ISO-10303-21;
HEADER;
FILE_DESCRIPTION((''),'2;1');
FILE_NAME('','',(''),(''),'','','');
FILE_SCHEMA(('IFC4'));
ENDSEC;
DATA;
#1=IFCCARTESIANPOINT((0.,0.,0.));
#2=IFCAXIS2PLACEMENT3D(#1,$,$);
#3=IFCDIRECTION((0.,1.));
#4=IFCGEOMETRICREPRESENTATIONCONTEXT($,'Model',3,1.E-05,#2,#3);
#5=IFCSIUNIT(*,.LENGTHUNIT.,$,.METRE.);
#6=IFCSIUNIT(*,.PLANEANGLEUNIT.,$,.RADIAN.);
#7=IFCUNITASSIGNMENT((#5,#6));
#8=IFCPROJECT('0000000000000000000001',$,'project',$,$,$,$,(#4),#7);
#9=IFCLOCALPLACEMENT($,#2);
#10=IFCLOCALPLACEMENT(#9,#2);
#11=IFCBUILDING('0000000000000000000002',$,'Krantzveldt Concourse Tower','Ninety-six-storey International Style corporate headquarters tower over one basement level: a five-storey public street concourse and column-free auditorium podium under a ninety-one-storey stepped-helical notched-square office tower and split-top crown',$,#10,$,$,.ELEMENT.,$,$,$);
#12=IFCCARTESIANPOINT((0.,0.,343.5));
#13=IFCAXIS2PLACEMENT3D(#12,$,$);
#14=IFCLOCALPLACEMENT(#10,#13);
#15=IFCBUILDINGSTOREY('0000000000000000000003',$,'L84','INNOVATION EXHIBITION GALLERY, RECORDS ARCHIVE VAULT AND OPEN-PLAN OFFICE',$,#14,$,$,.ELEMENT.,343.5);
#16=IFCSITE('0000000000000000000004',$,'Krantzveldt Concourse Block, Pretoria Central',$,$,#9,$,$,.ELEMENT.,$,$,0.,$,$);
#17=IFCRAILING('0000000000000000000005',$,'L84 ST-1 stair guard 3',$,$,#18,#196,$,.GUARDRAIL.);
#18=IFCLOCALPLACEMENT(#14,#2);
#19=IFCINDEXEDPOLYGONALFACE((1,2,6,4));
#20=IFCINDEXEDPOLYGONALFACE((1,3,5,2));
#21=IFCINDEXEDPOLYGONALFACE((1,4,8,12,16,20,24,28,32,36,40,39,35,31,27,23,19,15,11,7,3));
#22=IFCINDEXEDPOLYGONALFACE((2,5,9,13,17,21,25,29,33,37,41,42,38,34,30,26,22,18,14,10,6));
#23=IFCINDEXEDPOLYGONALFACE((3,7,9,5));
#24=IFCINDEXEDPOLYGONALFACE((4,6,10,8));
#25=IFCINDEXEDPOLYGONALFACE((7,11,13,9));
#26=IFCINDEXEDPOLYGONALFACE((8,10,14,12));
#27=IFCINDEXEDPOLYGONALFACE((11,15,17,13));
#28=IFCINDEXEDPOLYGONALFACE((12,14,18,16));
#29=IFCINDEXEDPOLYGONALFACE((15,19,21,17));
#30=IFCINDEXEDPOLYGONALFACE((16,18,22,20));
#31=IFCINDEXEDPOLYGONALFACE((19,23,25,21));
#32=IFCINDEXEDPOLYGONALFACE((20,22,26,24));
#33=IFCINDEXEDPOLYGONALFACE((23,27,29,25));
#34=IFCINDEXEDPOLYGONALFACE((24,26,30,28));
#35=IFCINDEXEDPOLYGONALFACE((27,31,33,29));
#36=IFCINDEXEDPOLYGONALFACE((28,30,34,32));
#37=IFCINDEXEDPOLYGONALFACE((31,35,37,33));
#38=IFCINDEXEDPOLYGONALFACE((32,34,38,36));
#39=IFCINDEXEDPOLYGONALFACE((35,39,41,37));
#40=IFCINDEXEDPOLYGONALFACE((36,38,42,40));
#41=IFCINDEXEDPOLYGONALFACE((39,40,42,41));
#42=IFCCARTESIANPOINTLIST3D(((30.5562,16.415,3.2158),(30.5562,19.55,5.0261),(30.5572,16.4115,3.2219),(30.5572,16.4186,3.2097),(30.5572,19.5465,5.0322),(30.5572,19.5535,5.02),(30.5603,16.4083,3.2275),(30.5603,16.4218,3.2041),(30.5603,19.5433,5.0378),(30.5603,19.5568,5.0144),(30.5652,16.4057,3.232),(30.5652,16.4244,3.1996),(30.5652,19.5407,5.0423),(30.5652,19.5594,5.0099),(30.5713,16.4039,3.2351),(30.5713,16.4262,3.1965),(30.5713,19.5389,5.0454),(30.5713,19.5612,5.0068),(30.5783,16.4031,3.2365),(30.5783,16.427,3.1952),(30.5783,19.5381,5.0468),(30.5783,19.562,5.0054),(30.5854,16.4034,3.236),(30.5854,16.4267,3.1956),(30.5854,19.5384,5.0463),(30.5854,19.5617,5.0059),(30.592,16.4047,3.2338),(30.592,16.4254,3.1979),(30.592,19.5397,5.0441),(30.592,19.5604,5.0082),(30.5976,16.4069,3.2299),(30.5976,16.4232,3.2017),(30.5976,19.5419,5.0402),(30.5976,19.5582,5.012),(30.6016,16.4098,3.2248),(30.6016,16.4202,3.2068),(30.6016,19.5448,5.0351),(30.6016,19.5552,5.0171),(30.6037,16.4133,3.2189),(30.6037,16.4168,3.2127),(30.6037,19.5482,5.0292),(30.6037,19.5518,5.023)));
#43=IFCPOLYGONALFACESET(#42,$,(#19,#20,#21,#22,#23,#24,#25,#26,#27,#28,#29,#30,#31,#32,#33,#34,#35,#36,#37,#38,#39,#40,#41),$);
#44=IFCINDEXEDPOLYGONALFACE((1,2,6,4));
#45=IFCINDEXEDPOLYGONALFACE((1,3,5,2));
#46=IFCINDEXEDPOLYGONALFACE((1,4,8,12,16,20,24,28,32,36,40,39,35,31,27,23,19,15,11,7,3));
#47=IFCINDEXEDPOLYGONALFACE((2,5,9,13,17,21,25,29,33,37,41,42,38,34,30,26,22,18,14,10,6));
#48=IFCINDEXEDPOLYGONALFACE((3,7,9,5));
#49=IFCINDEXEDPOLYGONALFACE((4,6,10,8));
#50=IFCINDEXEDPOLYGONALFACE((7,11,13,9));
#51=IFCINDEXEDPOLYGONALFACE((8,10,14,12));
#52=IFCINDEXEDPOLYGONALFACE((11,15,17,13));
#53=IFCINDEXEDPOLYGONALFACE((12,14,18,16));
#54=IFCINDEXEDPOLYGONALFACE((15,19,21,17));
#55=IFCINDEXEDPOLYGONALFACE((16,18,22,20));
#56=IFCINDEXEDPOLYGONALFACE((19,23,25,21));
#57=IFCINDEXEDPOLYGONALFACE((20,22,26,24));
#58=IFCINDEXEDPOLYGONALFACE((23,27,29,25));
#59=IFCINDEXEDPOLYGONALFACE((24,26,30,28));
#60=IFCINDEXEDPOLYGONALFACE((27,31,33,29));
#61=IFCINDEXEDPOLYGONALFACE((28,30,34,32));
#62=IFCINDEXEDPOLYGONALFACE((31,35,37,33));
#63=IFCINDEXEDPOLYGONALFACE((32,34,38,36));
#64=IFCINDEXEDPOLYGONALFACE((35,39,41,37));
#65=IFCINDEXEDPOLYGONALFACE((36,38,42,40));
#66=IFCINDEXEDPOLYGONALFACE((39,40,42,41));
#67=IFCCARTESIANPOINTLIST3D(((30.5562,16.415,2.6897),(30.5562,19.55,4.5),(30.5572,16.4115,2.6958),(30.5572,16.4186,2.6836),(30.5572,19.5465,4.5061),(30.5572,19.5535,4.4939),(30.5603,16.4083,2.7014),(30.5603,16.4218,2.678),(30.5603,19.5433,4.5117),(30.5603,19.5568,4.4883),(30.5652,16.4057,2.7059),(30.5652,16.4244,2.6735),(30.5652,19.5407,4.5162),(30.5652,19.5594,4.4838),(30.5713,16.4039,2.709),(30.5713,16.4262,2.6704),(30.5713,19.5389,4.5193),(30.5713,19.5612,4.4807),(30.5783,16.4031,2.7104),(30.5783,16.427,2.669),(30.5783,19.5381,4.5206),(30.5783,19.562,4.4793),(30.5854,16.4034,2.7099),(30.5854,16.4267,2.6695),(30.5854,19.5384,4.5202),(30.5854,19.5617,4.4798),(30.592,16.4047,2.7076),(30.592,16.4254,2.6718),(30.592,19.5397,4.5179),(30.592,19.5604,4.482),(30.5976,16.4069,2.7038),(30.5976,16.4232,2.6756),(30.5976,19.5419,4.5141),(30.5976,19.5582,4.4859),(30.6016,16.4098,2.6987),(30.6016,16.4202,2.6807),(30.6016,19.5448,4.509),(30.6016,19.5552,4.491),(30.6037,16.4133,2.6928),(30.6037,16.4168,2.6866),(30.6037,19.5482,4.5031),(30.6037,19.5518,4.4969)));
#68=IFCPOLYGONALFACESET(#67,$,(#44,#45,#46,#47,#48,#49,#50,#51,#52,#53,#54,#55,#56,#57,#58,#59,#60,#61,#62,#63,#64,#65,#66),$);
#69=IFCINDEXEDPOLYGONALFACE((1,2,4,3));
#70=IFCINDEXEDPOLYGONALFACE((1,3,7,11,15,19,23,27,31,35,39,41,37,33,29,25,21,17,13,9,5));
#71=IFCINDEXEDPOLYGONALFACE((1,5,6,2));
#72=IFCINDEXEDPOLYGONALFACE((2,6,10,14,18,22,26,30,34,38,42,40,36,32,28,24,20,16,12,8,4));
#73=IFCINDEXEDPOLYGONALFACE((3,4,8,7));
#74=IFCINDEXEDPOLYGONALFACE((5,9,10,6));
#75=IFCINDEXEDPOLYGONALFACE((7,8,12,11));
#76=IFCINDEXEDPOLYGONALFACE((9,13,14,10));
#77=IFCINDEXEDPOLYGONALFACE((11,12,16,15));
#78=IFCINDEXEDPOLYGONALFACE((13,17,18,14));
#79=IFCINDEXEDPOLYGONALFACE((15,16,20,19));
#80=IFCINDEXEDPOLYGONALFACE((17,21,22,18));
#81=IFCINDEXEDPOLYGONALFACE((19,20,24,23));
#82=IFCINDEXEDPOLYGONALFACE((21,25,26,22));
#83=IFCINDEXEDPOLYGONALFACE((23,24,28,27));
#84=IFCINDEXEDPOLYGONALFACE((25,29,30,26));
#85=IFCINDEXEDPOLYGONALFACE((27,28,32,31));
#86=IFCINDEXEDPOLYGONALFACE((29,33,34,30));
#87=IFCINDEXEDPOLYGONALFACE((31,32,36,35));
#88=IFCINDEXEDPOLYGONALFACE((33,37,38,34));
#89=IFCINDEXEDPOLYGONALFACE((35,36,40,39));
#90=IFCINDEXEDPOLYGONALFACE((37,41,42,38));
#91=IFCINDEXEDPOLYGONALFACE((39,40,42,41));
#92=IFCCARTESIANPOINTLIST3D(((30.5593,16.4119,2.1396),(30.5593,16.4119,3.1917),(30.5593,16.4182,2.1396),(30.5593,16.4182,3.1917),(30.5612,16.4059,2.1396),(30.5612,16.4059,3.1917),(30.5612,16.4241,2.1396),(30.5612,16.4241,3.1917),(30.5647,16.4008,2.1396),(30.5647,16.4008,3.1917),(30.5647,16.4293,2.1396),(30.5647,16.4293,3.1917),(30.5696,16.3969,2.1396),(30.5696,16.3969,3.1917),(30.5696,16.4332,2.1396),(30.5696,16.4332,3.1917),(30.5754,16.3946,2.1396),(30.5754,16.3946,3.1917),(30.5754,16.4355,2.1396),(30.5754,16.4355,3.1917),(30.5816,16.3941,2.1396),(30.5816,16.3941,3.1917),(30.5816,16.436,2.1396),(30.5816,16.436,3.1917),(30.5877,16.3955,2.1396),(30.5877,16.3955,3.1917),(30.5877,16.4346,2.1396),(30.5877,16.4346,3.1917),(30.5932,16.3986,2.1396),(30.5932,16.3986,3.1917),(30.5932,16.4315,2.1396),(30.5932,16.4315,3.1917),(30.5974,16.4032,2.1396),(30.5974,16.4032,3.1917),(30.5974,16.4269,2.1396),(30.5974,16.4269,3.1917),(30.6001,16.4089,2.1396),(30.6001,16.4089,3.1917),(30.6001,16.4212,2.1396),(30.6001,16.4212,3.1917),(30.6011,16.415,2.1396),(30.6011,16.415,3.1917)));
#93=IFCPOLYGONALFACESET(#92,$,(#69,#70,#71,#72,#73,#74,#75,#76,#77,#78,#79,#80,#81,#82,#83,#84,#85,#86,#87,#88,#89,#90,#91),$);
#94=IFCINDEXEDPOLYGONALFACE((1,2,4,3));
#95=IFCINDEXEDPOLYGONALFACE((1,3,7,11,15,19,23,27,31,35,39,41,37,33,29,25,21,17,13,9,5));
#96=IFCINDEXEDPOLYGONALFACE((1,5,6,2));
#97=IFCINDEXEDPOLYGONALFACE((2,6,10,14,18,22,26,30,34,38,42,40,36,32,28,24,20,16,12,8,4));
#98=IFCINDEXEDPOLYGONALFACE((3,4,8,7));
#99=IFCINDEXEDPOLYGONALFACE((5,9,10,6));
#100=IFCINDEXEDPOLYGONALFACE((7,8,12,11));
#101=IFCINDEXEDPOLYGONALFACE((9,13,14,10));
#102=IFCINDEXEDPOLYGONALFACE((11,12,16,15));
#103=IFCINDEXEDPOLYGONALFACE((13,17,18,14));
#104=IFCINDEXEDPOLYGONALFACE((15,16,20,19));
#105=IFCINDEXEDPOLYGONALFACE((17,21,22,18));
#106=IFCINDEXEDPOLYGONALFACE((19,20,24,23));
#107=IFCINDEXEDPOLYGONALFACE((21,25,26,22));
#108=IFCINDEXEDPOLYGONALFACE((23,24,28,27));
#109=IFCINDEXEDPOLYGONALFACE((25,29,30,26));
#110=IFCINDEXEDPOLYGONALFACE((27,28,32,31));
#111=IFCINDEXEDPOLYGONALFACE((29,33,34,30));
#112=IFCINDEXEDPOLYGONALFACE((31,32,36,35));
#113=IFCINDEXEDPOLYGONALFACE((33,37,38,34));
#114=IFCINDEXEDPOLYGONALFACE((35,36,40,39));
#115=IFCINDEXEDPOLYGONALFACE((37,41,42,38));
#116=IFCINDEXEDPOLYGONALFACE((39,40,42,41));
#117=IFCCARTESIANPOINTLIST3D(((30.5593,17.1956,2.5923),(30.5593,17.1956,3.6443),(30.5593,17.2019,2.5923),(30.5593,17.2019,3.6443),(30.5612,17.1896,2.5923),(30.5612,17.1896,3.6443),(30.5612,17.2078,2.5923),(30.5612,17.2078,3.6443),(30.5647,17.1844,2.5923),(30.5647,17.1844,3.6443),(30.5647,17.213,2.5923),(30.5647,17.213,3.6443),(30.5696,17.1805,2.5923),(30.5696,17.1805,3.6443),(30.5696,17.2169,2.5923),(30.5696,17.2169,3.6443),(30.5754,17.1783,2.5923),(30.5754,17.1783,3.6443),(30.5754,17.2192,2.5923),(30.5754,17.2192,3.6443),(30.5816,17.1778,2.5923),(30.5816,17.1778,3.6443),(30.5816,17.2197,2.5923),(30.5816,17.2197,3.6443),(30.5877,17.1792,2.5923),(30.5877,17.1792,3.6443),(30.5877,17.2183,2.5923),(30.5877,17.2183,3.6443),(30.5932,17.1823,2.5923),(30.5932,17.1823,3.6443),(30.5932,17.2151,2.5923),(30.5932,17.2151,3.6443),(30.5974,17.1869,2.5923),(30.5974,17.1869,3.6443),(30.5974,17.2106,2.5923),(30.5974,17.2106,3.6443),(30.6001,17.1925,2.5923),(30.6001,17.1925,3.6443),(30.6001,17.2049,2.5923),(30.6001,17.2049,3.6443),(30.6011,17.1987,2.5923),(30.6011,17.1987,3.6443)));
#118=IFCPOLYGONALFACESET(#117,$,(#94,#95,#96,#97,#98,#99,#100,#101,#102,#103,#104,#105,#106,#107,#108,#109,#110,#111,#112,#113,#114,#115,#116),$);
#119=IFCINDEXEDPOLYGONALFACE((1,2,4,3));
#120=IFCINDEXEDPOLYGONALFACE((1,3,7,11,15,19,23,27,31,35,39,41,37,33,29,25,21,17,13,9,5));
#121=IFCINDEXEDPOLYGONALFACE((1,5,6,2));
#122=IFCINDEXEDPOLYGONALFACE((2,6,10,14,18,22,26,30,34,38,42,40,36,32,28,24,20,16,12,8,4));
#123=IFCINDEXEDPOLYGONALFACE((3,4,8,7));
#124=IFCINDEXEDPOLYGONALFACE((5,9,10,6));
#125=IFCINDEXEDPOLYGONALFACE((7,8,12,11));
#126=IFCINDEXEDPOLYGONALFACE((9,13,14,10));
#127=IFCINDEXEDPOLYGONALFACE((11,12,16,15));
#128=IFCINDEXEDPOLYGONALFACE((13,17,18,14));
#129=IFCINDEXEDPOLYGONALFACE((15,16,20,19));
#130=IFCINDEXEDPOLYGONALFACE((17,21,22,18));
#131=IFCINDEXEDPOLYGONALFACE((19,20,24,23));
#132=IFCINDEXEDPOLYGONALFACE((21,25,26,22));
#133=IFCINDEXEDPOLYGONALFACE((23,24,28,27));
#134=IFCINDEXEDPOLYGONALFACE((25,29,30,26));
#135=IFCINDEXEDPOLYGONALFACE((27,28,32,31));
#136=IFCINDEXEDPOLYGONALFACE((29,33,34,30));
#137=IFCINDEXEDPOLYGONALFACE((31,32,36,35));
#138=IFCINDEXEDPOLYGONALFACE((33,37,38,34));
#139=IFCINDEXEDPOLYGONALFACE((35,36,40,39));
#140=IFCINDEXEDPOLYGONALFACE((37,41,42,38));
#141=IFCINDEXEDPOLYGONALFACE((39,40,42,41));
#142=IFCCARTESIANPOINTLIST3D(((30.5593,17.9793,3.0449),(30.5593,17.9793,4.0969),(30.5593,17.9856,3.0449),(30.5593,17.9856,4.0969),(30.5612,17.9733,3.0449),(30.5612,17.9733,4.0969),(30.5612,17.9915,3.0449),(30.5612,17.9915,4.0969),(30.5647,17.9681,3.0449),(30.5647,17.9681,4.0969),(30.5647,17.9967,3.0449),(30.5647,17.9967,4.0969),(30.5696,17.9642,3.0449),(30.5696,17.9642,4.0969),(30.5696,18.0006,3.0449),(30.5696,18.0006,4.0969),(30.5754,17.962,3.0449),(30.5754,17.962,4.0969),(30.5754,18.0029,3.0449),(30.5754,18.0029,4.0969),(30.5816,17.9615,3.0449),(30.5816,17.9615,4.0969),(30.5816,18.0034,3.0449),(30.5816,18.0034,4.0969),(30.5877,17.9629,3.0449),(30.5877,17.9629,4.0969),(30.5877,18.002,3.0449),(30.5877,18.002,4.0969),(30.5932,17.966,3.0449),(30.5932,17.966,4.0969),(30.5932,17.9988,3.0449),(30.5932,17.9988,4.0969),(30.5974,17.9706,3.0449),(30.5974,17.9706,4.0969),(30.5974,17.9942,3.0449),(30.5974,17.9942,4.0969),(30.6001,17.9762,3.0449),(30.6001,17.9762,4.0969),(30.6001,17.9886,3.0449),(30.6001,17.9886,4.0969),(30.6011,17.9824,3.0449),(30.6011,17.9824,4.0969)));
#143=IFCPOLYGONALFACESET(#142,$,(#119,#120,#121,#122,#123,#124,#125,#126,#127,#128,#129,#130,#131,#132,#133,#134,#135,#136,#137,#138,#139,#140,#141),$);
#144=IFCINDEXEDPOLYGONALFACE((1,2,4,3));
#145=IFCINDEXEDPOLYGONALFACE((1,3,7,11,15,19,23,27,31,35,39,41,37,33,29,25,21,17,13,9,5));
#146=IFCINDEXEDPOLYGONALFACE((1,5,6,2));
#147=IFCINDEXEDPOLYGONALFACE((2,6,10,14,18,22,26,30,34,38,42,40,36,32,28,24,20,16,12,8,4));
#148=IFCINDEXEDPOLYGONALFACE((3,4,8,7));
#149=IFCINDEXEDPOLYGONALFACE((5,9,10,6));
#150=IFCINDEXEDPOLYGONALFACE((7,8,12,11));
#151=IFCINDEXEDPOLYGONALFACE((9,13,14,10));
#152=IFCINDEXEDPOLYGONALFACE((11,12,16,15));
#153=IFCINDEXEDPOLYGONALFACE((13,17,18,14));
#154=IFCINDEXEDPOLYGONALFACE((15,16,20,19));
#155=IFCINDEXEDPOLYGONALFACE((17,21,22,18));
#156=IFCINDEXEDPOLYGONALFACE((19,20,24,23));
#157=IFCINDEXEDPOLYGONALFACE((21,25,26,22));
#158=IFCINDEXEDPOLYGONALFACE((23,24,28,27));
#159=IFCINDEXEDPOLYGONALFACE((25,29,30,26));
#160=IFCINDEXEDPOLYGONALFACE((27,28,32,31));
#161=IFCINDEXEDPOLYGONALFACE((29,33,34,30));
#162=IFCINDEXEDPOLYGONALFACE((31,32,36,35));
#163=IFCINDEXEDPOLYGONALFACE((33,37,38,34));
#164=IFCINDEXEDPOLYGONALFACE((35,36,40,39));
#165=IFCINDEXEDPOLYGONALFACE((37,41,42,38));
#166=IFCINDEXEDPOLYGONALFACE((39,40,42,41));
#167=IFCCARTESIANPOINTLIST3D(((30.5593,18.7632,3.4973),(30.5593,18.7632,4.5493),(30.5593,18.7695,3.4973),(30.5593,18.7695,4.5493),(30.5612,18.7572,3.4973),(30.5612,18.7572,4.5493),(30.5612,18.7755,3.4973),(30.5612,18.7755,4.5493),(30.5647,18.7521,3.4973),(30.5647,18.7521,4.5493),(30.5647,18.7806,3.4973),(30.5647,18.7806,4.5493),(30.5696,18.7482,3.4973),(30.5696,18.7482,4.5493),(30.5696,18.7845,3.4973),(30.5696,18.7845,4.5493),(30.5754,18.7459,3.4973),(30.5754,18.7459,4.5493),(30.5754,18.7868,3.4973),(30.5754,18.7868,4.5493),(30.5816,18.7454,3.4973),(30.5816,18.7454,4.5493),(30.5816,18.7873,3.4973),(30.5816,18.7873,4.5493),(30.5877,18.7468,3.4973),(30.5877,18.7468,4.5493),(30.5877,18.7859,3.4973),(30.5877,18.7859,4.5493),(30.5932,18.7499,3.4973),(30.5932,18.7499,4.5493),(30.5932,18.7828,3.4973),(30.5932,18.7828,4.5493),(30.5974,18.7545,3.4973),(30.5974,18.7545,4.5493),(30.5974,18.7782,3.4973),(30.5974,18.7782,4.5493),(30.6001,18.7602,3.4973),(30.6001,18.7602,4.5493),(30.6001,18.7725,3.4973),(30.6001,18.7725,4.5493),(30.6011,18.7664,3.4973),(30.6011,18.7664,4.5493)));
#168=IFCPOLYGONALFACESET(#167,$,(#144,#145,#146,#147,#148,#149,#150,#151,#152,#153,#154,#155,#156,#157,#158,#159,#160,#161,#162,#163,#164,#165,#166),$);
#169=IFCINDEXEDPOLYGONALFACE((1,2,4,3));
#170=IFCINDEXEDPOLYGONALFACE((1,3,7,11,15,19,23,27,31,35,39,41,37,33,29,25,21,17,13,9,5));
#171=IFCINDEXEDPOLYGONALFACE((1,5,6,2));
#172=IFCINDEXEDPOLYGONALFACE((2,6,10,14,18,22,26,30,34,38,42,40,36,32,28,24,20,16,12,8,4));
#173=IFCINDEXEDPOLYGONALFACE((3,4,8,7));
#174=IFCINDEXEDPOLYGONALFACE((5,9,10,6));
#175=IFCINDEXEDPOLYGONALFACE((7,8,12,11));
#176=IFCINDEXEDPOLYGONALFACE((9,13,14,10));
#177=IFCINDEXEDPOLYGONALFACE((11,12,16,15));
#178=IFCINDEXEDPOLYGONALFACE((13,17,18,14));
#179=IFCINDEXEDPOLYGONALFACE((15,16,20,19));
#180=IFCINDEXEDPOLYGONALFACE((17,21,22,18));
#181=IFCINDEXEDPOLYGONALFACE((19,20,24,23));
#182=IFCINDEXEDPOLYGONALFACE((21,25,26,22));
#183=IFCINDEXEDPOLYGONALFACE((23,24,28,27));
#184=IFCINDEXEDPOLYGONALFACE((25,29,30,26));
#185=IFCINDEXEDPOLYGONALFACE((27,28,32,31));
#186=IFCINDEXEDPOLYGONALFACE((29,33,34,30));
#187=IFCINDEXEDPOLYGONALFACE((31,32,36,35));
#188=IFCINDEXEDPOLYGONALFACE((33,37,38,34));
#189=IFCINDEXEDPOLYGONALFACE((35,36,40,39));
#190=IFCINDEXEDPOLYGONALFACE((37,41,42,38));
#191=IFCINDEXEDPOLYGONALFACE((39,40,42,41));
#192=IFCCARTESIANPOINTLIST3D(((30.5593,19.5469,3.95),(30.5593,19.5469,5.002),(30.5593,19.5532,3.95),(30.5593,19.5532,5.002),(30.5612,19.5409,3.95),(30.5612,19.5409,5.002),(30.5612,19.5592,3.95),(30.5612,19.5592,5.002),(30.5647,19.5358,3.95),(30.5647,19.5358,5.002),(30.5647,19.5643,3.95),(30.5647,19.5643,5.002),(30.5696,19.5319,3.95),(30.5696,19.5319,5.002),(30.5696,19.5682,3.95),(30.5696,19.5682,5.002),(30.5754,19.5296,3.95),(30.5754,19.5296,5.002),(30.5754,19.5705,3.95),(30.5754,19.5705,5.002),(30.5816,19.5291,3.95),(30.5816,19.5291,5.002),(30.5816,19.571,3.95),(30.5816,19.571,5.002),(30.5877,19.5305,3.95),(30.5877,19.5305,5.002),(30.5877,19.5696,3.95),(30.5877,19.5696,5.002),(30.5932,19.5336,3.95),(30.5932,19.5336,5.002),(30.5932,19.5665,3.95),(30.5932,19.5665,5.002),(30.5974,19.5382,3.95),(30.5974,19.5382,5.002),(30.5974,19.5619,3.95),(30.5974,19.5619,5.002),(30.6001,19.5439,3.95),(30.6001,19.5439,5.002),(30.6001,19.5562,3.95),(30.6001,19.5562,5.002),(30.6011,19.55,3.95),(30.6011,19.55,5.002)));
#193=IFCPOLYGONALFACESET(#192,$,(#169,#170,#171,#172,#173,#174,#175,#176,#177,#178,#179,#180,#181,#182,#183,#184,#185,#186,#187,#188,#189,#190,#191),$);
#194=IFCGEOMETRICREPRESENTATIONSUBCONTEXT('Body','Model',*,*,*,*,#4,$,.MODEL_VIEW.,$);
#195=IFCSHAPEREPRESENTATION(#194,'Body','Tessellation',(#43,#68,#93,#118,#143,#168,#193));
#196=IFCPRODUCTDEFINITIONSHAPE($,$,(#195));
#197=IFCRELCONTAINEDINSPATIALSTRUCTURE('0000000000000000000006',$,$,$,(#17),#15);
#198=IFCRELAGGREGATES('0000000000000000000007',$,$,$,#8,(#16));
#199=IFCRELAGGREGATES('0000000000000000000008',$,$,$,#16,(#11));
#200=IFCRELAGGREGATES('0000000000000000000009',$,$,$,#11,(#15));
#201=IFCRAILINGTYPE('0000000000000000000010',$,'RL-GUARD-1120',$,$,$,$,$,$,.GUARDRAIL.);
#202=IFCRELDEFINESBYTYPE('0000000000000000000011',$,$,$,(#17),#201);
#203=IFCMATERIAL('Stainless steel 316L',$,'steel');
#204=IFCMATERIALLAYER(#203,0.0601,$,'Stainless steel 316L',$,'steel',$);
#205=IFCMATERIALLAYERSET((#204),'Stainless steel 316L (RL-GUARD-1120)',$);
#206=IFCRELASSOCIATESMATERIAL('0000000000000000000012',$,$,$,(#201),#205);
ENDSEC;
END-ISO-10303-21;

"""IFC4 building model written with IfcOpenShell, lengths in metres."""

from ifc_helpers import new_model, si_unit, direction, frame, origin, origin_2d, place, context, subcontext, project, spatial, circle, extrude, material, layer, layer_set, type_object, element, save


model = new_model("IFC4")

# Units and contexts
model_context = context("Model", 3, precision=1e-05, world=origin(), true_north=direction((0.0, 1.0)))
body_context = subcontext(model_context, "Body", "Model", "MODEL_VIEW")
ifc_project = project(units=[si_unit("LENGTHUNIT", "METRE"), si_unit("PLANEANGLEUNIT", "RADIAN")], contexts=[model_context])

# Site, building, storey
site_placement = place(None, origin())
site = spatial("IfcSite", under=ifc_project, at=site_placement, Name="Krantzveldt Concourse Block, Pretoria Central", CompositionType="ELEMENT", RefElevation=0.0)
building_placement = place(site_placement, origin())
building = spatial("IfcBuilding", under=site, at=building_placement, Name="Krantzveldt Concourse Tower", Description="Ninety-six-storey International Style corporate headquarters tower over one basement level: a five-storey public street concourse and column-free auditorium podium under a ninety-one-storey stepped-helical notched-square office tower and split-top crown", CompositionType="ELEMENT")
storey_placement = place(building_placement, frame((0.0, 0.0, 343.5)))
storey = spatial("IfcBuildingStorey", under=building, at=storey_placement, Name="L84", Description="INNOVATION EXHIBITION GALLERY, RECORDS ARCHIVE VAULT AND OPEN-PLAN OFFICE", CompositionType="ELEMENT", Elevation=343.5)

# Railing
ifc_material_1 = material(Name="Stainless steel 316L", Category="steel")
ifc_layer_1 = layer(ifc_material_1, 0.0601, Name="Stainless steel 316L", Category="steel")
ifc_layer_set_1 = layer_set([ifc_layer_1], Name="Stainless steel 316L (RL-GUARD-1120)")
railing_type_1 = type_object("IfcRailingType", Name="RL-GUARD-1120", PredefinedType="GUARDRAIL", material=ifc_layer_set_1)
railing_1_placement = place(storey_placement, frame((30.5801, 16.415, 2.1396)))
element("IfcRailing", 1, at=railing_1_placement, inside=storey, type_object=railing_type_1, Name="L84 ST-1 stair guard 3", PredefinedType="GUARDRAIL", context=body_context, shape_type="SweptSolid", body=[
    extrude(circle(Radius=0.0239, at=origin_2d()), frame((0.0, 0.0, 1.0762), z_axis=(0.0, 0.865989, 0.500063), x_axis=(-1.0, 0.0, 0.0)), (0.0, 0.0, 1.0), 3.6201),
    extrude(circle(Radius=0.0239, at=origin_2d()), frame((0.0, 0.0, 0.55), z_axis=(0.0, 0.865989, 0.500063), x_axis=(-1.0, 0.0, 0.0)), (0.0, 0.0, 1.0), 3.6201),
    extrude(circle(Radius=0.021, at=origin_2d()), origin(), (0.0, 0.0, 1.0), 1.052),
    extrude(circle(Radius=0.021, at=origin_2d()), frame((0.0, 0.7837, 0.4526)), (0.0, 0.0, 1.0), 1.052),
    extrude(circle(Radius=0.021, at=origin_2d()), frame((0.0, 1.5674, 0.9053)), (0.0, 0.0, 1.0), 1.052),
    extrude(circle(Radius=0.021, at=origin_2d()), frame((0.0, 2.3513, 1.3577)), (0.0, 0.0, 1.0), 1.052),
    extrude(circle(Radius=0.021, at=origin_2d()), frame((0.0, 3.135, 1.8103)), (0.0, 0.0, 1.0), 1.052),
])

save(model, "model.ifc")
